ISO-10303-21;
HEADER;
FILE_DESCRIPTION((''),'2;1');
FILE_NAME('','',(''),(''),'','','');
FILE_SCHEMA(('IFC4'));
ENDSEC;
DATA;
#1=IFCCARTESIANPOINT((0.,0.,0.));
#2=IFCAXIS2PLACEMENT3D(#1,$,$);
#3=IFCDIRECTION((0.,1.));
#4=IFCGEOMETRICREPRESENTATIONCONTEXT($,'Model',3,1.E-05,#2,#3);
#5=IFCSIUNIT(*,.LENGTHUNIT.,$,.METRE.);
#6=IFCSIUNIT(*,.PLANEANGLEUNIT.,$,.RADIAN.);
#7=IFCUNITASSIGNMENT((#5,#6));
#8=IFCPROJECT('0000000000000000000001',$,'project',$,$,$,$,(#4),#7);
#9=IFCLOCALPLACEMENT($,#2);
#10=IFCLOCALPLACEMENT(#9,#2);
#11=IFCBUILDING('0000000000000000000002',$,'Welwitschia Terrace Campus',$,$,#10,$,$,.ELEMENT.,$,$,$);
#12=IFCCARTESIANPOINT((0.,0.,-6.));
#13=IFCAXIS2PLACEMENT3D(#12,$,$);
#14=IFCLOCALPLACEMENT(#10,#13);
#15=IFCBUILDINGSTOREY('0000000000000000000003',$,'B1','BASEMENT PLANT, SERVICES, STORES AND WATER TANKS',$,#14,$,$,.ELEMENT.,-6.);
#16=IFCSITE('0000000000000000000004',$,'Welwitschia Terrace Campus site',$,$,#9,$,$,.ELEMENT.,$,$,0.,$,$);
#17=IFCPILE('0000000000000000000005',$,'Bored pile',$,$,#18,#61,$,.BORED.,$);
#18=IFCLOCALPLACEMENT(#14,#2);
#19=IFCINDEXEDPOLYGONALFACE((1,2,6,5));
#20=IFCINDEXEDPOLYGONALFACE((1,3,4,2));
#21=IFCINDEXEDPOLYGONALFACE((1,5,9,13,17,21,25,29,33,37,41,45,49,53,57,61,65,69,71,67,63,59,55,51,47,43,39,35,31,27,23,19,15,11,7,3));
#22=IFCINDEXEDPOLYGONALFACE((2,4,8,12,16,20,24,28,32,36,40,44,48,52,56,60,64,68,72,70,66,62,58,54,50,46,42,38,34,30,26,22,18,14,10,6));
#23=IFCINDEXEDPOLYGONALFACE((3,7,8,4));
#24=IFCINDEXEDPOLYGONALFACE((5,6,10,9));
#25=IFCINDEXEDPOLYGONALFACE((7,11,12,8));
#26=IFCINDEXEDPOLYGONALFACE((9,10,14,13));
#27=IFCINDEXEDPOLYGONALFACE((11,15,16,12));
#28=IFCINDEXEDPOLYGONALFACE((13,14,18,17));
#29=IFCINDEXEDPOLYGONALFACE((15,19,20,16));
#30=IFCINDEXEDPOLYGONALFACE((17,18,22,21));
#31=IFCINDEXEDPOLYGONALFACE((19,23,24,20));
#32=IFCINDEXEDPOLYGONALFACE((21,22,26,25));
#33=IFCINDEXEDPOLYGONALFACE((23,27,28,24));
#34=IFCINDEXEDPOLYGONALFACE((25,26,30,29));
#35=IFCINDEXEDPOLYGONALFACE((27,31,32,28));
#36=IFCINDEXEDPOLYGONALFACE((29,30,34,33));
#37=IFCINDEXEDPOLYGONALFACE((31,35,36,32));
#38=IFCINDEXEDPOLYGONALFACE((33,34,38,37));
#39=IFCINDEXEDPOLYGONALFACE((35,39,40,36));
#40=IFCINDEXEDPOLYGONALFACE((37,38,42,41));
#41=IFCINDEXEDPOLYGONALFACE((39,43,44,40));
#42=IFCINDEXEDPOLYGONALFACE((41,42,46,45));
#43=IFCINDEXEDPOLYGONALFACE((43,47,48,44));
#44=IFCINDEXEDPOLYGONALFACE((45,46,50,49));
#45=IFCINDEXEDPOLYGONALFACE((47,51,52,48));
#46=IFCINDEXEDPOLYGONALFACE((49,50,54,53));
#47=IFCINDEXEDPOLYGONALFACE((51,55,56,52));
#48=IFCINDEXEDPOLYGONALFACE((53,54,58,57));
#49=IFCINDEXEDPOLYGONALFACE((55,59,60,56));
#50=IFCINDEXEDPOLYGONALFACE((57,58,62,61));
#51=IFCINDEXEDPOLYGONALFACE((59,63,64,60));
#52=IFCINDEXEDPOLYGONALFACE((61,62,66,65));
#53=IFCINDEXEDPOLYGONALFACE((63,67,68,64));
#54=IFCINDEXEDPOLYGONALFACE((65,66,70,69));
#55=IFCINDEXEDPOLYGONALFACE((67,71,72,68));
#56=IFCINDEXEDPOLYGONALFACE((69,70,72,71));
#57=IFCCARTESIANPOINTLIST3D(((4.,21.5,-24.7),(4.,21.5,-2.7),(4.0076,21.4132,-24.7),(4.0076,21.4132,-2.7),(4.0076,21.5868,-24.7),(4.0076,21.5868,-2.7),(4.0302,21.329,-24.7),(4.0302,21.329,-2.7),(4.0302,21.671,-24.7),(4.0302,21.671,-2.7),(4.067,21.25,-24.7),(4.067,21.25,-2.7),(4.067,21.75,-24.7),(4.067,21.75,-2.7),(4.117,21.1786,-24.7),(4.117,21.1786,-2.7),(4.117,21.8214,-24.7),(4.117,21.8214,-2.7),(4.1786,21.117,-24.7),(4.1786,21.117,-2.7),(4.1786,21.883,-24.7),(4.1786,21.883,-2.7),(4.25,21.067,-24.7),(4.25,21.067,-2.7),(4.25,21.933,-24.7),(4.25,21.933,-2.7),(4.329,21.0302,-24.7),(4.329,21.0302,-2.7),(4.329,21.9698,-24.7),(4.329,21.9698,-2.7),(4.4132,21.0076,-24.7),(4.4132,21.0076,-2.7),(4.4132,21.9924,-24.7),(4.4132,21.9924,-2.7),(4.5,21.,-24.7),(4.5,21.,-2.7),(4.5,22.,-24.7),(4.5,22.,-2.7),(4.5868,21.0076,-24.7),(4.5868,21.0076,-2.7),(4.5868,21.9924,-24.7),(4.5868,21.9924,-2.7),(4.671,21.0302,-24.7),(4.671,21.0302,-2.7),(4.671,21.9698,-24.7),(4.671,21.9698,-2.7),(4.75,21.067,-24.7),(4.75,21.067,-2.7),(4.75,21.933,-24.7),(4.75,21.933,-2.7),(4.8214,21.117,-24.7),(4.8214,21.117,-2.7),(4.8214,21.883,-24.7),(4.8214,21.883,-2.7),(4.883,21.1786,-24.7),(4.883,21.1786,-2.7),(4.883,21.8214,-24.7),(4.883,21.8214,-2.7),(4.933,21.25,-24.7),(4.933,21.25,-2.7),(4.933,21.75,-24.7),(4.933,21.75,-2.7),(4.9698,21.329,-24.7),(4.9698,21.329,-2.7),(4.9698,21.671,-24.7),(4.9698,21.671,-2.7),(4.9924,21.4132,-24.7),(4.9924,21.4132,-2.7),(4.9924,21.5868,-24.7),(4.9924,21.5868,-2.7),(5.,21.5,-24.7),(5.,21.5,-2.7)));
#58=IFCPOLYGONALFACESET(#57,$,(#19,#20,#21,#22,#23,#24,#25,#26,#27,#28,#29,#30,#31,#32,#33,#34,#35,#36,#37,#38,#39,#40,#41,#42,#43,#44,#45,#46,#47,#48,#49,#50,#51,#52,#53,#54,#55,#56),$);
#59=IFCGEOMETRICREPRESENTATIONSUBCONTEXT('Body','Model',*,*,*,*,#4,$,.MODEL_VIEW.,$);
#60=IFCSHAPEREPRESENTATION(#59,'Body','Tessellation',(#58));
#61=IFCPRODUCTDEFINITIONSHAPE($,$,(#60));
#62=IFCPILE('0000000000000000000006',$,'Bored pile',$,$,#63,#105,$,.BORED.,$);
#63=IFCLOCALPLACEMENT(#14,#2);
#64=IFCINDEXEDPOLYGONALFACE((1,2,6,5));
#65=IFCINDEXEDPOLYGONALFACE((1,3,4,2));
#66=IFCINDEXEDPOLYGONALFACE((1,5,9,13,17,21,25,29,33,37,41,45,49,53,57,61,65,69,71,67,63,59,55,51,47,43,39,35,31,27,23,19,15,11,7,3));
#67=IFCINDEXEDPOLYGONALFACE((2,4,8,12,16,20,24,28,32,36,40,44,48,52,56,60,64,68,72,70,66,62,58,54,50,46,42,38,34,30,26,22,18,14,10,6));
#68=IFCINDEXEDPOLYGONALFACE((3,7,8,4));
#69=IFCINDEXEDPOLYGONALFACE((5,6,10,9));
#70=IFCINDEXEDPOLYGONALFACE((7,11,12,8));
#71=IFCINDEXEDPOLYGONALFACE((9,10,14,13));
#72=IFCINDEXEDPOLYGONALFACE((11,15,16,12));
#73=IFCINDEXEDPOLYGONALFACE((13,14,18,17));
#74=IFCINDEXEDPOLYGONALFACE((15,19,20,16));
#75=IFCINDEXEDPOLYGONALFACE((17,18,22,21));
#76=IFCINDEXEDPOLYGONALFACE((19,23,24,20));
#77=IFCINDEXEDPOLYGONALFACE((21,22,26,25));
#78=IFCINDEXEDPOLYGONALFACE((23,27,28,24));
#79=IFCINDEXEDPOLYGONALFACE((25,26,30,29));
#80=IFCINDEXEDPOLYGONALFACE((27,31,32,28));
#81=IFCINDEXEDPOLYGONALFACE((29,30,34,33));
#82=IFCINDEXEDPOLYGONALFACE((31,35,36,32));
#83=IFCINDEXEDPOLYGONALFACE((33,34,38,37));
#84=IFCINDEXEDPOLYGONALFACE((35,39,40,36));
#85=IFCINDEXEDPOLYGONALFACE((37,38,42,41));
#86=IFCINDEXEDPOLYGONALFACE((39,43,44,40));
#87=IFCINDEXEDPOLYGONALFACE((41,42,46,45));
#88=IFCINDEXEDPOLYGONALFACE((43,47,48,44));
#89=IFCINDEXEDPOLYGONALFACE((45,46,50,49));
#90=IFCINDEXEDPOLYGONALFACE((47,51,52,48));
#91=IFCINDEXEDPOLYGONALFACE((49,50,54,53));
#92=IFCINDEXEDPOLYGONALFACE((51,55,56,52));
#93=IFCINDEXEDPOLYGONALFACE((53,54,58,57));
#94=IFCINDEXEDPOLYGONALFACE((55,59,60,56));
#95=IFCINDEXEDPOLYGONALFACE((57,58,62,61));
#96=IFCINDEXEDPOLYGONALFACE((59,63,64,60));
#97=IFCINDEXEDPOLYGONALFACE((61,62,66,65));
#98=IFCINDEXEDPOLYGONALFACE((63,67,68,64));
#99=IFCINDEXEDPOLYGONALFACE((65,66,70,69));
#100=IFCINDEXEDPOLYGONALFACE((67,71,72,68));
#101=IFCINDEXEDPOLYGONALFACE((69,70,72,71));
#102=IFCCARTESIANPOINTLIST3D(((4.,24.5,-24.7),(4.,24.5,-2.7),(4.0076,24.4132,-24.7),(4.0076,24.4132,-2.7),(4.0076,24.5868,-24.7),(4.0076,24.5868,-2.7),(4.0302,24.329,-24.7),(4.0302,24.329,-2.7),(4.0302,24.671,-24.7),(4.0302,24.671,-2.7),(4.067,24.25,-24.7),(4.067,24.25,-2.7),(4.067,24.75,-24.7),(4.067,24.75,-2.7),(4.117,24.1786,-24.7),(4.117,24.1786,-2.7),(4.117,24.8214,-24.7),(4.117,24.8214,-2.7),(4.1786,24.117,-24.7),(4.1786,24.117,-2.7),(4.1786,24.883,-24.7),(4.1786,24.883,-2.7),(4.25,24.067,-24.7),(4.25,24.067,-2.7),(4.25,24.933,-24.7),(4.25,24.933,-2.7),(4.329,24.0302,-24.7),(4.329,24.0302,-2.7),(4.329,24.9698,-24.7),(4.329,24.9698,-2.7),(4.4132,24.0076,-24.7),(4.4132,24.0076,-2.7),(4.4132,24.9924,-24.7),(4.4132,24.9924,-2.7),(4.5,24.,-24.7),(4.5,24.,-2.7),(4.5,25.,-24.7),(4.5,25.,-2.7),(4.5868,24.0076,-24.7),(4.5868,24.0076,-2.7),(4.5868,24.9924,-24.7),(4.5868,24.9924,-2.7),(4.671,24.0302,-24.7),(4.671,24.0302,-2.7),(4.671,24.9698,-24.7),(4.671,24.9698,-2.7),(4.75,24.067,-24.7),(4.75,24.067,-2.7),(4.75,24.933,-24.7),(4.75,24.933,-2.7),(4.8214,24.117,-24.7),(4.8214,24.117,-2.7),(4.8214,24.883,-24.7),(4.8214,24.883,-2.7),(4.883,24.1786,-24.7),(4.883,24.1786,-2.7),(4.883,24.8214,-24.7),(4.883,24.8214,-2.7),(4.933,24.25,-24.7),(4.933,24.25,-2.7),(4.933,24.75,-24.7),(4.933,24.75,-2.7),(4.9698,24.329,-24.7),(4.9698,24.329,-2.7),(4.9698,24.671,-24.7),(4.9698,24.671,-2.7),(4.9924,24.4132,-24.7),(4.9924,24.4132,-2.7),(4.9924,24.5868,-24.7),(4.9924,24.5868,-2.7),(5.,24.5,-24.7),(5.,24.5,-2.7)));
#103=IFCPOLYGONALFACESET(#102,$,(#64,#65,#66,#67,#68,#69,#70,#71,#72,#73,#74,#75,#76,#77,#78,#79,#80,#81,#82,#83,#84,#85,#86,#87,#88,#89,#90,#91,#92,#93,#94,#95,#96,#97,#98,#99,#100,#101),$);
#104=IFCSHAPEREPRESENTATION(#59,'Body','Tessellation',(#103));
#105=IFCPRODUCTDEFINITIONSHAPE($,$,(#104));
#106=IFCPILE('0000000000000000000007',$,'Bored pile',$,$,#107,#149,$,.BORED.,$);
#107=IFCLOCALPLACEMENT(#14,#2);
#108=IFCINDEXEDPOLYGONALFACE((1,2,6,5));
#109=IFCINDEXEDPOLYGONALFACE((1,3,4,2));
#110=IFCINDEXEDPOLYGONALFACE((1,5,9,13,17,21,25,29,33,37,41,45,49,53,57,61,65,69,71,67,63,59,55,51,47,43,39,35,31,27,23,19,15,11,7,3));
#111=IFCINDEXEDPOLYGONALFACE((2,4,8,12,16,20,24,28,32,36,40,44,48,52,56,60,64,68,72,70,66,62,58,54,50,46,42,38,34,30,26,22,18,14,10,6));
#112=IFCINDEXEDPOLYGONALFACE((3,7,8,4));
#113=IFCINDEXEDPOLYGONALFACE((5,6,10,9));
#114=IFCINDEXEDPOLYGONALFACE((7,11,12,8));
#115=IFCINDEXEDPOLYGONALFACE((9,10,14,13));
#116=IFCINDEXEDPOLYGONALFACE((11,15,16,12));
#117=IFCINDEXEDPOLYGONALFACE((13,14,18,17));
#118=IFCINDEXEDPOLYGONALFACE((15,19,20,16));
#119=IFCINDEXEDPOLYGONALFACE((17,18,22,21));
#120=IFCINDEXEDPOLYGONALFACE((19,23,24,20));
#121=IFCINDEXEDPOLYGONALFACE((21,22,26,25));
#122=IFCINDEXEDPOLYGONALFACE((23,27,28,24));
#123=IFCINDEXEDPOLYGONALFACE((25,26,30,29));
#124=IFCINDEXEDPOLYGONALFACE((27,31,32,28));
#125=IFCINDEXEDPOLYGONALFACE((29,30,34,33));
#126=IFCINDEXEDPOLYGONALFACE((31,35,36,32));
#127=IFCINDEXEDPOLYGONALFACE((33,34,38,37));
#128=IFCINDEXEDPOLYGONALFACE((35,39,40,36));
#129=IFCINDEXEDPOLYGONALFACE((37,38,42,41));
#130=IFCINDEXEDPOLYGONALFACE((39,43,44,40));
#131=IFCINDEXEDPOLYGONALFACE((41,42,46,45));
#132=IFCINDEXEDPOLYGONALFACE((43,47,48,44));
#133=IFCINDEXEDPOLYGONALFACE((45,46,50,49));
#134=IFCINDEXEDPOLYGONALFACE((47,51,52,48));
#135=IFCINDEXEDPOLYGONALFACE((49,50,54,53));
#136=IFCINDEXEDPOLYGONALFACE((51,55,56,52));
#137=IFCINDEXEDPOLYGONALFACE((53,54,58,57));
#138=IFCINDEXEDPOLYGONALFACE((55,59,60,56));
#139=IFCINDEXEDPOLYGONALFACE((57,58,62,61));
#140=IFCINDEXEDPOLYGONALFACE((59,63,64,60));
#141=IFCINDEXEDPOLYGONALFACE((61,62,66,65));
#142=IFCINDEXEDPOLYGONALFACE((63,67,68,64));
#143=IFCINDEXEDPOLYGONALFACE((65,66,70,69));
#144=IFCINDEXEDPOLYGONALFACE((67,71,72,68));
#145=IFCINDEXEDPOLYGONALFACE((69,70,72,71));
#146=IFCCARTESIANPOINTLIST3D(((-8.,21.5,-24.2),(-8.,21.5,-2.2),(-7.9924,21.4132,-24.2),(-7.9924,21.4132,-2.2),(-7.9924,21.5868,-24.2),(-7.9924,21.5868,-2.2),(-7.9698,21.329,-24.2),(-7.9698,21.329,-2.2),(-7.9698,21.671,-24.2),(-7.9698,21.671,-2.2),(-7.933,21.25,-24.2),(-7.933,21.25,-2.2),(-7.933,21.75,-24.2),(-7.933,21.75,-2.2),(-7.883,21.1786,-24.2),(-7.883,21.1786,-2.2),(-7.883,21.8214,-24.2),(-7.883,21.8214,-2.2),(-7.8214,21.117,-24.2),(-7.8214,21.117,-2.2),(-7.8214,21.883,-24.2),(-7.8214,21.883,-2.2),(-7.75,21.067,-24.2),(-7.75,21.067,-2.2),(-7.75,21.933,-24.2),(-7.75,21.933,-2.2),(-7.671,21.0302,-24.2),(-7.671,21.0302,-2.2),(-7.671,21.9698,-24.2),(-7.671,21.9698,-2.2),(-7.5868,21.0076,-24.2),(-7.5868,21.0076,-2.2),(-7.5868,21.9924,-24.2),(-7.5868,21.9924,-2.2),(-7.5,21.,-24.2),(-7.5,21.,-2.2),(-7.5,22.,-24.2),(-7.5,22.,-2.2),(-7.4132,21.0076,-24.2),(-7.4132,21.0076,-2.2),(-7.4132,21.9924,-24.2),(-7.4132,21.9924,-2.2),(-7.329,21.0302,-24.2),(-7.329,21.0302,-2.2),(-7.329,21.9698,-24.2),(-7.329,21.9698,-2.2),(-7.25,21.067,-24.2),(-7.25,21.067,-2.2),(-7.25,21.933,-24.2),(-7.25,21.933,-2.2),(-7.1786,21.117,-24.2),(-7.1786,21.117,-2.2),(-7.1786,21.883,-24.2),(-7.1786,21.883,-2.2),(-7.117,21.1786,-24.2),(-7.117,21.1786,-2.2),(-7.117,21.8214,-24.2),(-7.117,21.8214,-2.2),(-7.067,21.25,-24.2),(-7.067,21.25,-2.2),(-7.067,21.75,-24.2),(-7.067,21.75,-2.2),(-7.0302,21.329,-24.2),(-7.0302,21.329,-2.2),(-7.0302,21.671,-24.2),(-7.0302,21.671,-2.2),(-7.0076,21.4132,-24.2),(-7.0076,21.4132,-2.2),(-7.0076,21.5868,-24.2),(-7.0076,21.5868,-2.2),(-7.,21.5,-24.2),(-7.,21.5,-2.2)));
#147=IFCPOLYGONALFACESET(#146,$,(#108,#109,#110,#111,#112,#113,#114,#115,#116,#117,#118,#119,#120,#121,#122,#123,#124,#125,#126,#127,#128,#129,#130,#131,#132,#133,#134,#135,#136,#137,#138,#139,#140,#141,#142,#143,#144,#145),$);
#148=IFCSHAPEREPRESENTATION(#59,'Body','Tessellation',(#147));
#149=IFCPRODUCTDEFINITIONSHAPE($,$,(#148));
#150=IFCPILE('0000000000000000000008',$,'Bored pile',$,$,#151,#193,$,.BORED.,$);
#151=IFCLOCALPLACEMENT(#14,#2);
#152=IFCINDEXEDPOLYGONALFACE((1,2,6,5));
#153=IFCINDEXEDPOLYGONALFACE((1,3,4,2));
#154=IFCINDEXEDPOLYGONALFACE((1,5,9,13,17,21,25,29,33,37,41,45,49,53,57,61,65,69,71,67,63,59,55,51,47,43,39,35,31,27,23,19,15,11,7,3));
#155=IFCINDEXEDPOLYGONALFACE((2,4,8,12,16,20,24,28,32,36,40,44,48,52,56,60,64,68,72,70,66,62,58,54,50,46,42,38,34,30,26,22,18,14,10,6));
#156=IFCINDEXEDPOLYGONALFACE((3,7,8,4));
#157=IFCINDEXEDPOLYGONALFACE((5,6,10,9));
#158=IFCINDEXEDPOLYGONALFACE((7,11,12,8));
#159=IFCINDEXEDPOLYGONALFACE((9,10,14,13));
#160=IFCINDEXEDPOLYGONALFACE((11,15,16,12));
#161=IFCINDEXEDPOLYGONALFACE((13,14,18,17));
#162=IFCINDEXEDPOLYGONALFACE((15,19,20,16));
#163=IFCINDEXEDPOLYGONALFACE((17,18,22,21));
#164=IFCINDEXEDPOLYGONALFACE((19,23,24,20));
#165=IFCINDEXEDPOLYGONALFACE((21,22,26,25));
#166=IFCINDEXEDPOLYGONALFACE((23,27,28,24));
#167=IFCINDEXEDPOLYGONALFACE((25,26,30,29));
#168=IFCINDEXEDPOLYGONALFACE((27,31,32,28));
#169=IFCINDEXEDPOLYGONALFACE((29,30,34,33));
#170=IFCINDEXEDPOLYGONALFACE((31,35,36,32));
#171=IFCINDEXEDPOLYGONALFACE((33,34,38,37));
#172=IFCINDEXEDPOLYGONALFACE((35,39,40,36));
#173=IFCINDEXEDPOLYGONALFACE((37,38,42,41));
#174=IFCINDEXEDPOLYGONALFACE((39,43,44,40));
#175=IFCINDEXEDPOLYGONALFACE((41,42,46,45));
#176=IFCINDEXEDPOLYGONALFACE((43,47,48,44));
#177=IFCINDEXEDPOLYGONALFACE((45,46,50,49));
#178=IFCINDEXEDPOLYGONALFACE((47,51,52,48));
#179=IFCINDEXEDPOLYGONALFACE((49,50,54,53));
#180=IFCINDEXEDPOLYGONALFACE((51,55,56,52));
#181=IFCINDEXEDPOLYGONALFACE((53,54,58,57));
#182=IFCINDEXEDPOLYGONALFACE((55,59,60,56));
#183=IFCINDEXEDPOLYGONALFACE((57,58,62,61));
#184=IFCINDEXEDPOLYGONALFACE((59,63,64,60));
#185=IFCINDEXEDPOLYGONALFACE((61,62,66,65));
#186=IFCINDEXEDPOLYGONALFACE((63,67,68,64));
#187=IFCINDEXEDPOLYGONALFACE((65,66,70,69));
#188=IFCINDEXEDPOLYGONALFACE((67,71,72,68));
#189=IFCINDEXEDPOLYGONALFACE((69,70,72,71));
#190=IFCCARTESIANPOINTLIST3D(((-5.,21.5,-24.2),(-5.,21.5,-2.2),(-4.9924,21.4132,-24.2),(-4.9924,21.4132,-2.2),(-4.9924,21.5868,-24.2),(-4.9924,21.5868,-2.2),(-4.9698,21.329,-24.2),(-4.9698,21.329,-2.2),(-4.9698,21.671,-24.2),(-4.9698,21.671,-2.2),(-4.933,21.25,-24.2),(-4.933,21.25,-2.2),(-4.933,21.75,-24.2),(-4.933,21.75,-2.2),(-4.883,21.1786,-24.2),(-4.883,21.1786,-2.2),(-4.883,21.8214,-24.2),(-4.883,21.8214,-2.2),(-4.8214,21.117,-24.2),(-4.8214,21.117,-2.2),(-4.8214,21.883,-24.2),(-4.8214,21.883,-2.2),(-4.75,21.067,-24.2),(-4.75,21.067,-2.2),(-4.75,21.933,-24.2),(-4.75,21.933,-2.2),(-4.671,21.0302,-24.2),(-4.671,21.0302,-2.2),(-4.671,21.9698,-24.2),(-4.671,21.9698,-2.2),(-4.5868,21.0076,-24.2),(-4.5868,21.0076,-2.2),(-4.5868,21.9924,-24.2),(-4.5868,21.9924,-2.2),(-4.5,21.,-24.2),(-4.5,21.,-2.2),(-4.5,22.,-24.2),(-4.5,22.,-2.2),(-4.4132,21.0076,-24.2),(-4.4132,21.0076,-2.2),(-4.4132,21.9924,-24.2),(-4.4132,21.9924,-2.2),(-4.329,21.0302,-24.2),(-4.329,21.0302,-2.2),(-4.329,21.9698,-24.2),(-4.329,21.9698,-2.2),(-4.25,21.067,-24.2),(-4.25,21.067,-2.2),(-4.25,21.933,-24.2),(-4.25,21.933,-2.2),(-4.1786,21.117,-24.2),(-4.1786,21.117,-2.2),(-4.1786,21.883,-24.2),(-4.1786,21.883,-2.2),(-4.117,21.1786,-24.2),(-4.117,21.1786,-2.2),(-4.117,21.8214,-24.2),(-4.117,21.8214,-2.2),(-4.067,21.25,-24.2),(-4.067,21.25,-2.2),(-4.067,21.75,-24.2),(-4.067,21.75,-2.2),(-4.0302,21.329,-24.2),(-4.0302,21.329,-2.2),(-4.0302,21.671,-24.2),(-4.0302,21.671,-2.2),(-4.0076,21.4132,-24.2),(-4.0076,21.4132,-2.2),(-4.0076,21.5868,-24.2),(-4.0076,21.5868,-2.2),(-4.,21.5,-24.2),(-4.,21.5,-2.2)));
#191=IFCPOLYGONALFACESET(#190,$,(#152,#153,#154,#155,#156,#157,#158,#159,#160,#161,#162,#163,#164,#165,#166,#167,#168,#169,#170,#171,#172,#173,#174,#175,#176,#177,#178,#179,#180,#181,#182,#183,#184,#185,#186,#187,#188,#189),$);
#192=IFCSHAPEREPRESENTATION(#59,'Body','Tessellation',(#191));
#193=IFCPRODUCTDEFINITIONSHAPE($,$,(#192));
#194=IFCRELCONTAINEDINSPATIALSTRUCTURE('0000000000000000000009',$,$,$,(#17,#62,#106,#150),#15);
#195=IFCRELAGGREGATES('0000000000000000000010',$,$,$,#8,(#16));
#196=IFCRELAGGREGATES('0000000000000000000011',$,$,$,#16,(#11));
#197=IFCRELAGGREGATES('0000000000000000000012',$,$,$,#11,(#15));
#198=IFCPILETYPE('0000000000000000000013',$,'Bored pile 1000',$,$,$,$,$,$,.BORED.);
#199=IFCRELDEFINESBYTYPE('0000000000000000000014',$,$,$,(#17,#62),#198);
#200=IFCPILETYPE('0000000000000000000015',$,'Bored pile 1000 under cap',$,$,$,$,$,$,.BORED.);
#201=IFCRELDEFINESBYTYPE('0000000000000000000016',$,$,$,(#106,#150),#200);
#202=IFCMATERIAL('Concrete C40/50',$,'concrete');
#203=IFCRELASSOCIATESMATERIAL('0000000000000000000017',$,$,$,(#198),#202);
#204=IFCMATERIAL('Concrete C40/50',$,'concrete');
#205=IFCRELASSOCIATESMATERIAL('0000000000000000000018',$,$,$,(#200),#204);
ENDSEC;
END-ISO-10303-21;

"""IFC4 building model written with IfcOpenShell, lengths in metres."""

from ifc_helpers import new_model, si_unit, direction, frame, origin, origin_2d, place, context, subcontext, project, spatial, circle, extrude, material, type_object, element, save


model = new_model("IFC4")

# Units and contexts
model_context = context("Model", 3, precision=1e-05, world=origin(), true_north=direction((0.0, 1.0)))
body_context = subcontext(model_context, "Body", "Model", "MODEL_VIEW")
ifc_project = project(units=[si_unit("LENGTHUNIT", "METRE"), si_unit("PLANEANGLEUNIT", "RADIAN")], contexts=[model_context])

# Site, building, storey
site_placement = place(None, origin())
site = spatial("IfcSite", under=ifc_project, at=site_placement, Name="Welwitschia Terrace Campus site", CompositionType="ELEMENT", RefElevation=0.0)
building_placement = place(site_placement, origin())
building = spatial("IfcBuilding", under=site, at=building_placement, Name="Welwitschia Terrace Campus", CompositionType="ELEMENT")
storey_placement = place(building_placement, frame((0.0, 0.0, -6.0)))
storey = spatial("IfcBuildingStorey", under=building, at=storey_placement, Name="B1", Description="BASEMENT PLANT, SERVICES, STORES AND WATER TANKS", CompositionType="ELEMENT", Elevation=-6.0)

# Piles
ifc_material_1 = material(Name="Concrete C40/50", Category="concrete")
pile_type_1 = type_object("IfcPileType", Name="Bored pile 1000", PredefinedType="BORED", material=ifc_material_1)
for number, where, z_axis, x_axis, name in (
    (1, (4.5, 21.5, -2.7), (0.0, 0.0, -1.0), (1.0, 0.0, 0.0), "Bored pile"),
    (2, (4.5, 24.5, -2.7), (0.0, 0.0, -1.0), (1.0, 0.0, 0.0), "Bored pile"),
):
    element("IfcPile", number, at=place(storey_placement, frame(where, z_axis=z_axis, x_axis=x_axis)), inside=storey, type_object=pile_type_1, Name=name, PredefinedType="BORED", context=body_context, shape_type="SweptSolid", body=[
        extrude(circle(Radius=0.5, at=origin_2d()), origin(), (0.0, 0.0, 1.0), 22.0),
    ])
ifc_material_2 = material(Name="Concrete C40/50", Category="concrete")
pile_type_2 = type_object("IfcPileType", Name="Bored pile 1000 under cap", PredefinedType="BORED", material=ifc_material_2)
for number, where, z_axis, x_axis, name in (
    (3, (-7.5, 21.5, -2.2), (0.0, 0.0, -1.0), (1.0, 0.0, 0.0), "Bored pile"),
    (4, (-4.5, 21.5, -2.2), (0.0, 0.0, -1.0), (1.0, 0.0, 0.0), "Bored pile"),
):
    element("IfcPile", number, at=place(storey_placement, frame(where, z_axis=z_axis, x_axis=x_axis)), inside=storey, type_object=pile_type_2, Name=name, PredefinedType="BORED", context=body_context, shape_type="SweptSolid", body=[
        extrude(circle(Radius=0.5, at=origin_2d()), origin(), (0.0, 0.0, 1.0), 22.0),
    ])

save(model, "model.ifc")
